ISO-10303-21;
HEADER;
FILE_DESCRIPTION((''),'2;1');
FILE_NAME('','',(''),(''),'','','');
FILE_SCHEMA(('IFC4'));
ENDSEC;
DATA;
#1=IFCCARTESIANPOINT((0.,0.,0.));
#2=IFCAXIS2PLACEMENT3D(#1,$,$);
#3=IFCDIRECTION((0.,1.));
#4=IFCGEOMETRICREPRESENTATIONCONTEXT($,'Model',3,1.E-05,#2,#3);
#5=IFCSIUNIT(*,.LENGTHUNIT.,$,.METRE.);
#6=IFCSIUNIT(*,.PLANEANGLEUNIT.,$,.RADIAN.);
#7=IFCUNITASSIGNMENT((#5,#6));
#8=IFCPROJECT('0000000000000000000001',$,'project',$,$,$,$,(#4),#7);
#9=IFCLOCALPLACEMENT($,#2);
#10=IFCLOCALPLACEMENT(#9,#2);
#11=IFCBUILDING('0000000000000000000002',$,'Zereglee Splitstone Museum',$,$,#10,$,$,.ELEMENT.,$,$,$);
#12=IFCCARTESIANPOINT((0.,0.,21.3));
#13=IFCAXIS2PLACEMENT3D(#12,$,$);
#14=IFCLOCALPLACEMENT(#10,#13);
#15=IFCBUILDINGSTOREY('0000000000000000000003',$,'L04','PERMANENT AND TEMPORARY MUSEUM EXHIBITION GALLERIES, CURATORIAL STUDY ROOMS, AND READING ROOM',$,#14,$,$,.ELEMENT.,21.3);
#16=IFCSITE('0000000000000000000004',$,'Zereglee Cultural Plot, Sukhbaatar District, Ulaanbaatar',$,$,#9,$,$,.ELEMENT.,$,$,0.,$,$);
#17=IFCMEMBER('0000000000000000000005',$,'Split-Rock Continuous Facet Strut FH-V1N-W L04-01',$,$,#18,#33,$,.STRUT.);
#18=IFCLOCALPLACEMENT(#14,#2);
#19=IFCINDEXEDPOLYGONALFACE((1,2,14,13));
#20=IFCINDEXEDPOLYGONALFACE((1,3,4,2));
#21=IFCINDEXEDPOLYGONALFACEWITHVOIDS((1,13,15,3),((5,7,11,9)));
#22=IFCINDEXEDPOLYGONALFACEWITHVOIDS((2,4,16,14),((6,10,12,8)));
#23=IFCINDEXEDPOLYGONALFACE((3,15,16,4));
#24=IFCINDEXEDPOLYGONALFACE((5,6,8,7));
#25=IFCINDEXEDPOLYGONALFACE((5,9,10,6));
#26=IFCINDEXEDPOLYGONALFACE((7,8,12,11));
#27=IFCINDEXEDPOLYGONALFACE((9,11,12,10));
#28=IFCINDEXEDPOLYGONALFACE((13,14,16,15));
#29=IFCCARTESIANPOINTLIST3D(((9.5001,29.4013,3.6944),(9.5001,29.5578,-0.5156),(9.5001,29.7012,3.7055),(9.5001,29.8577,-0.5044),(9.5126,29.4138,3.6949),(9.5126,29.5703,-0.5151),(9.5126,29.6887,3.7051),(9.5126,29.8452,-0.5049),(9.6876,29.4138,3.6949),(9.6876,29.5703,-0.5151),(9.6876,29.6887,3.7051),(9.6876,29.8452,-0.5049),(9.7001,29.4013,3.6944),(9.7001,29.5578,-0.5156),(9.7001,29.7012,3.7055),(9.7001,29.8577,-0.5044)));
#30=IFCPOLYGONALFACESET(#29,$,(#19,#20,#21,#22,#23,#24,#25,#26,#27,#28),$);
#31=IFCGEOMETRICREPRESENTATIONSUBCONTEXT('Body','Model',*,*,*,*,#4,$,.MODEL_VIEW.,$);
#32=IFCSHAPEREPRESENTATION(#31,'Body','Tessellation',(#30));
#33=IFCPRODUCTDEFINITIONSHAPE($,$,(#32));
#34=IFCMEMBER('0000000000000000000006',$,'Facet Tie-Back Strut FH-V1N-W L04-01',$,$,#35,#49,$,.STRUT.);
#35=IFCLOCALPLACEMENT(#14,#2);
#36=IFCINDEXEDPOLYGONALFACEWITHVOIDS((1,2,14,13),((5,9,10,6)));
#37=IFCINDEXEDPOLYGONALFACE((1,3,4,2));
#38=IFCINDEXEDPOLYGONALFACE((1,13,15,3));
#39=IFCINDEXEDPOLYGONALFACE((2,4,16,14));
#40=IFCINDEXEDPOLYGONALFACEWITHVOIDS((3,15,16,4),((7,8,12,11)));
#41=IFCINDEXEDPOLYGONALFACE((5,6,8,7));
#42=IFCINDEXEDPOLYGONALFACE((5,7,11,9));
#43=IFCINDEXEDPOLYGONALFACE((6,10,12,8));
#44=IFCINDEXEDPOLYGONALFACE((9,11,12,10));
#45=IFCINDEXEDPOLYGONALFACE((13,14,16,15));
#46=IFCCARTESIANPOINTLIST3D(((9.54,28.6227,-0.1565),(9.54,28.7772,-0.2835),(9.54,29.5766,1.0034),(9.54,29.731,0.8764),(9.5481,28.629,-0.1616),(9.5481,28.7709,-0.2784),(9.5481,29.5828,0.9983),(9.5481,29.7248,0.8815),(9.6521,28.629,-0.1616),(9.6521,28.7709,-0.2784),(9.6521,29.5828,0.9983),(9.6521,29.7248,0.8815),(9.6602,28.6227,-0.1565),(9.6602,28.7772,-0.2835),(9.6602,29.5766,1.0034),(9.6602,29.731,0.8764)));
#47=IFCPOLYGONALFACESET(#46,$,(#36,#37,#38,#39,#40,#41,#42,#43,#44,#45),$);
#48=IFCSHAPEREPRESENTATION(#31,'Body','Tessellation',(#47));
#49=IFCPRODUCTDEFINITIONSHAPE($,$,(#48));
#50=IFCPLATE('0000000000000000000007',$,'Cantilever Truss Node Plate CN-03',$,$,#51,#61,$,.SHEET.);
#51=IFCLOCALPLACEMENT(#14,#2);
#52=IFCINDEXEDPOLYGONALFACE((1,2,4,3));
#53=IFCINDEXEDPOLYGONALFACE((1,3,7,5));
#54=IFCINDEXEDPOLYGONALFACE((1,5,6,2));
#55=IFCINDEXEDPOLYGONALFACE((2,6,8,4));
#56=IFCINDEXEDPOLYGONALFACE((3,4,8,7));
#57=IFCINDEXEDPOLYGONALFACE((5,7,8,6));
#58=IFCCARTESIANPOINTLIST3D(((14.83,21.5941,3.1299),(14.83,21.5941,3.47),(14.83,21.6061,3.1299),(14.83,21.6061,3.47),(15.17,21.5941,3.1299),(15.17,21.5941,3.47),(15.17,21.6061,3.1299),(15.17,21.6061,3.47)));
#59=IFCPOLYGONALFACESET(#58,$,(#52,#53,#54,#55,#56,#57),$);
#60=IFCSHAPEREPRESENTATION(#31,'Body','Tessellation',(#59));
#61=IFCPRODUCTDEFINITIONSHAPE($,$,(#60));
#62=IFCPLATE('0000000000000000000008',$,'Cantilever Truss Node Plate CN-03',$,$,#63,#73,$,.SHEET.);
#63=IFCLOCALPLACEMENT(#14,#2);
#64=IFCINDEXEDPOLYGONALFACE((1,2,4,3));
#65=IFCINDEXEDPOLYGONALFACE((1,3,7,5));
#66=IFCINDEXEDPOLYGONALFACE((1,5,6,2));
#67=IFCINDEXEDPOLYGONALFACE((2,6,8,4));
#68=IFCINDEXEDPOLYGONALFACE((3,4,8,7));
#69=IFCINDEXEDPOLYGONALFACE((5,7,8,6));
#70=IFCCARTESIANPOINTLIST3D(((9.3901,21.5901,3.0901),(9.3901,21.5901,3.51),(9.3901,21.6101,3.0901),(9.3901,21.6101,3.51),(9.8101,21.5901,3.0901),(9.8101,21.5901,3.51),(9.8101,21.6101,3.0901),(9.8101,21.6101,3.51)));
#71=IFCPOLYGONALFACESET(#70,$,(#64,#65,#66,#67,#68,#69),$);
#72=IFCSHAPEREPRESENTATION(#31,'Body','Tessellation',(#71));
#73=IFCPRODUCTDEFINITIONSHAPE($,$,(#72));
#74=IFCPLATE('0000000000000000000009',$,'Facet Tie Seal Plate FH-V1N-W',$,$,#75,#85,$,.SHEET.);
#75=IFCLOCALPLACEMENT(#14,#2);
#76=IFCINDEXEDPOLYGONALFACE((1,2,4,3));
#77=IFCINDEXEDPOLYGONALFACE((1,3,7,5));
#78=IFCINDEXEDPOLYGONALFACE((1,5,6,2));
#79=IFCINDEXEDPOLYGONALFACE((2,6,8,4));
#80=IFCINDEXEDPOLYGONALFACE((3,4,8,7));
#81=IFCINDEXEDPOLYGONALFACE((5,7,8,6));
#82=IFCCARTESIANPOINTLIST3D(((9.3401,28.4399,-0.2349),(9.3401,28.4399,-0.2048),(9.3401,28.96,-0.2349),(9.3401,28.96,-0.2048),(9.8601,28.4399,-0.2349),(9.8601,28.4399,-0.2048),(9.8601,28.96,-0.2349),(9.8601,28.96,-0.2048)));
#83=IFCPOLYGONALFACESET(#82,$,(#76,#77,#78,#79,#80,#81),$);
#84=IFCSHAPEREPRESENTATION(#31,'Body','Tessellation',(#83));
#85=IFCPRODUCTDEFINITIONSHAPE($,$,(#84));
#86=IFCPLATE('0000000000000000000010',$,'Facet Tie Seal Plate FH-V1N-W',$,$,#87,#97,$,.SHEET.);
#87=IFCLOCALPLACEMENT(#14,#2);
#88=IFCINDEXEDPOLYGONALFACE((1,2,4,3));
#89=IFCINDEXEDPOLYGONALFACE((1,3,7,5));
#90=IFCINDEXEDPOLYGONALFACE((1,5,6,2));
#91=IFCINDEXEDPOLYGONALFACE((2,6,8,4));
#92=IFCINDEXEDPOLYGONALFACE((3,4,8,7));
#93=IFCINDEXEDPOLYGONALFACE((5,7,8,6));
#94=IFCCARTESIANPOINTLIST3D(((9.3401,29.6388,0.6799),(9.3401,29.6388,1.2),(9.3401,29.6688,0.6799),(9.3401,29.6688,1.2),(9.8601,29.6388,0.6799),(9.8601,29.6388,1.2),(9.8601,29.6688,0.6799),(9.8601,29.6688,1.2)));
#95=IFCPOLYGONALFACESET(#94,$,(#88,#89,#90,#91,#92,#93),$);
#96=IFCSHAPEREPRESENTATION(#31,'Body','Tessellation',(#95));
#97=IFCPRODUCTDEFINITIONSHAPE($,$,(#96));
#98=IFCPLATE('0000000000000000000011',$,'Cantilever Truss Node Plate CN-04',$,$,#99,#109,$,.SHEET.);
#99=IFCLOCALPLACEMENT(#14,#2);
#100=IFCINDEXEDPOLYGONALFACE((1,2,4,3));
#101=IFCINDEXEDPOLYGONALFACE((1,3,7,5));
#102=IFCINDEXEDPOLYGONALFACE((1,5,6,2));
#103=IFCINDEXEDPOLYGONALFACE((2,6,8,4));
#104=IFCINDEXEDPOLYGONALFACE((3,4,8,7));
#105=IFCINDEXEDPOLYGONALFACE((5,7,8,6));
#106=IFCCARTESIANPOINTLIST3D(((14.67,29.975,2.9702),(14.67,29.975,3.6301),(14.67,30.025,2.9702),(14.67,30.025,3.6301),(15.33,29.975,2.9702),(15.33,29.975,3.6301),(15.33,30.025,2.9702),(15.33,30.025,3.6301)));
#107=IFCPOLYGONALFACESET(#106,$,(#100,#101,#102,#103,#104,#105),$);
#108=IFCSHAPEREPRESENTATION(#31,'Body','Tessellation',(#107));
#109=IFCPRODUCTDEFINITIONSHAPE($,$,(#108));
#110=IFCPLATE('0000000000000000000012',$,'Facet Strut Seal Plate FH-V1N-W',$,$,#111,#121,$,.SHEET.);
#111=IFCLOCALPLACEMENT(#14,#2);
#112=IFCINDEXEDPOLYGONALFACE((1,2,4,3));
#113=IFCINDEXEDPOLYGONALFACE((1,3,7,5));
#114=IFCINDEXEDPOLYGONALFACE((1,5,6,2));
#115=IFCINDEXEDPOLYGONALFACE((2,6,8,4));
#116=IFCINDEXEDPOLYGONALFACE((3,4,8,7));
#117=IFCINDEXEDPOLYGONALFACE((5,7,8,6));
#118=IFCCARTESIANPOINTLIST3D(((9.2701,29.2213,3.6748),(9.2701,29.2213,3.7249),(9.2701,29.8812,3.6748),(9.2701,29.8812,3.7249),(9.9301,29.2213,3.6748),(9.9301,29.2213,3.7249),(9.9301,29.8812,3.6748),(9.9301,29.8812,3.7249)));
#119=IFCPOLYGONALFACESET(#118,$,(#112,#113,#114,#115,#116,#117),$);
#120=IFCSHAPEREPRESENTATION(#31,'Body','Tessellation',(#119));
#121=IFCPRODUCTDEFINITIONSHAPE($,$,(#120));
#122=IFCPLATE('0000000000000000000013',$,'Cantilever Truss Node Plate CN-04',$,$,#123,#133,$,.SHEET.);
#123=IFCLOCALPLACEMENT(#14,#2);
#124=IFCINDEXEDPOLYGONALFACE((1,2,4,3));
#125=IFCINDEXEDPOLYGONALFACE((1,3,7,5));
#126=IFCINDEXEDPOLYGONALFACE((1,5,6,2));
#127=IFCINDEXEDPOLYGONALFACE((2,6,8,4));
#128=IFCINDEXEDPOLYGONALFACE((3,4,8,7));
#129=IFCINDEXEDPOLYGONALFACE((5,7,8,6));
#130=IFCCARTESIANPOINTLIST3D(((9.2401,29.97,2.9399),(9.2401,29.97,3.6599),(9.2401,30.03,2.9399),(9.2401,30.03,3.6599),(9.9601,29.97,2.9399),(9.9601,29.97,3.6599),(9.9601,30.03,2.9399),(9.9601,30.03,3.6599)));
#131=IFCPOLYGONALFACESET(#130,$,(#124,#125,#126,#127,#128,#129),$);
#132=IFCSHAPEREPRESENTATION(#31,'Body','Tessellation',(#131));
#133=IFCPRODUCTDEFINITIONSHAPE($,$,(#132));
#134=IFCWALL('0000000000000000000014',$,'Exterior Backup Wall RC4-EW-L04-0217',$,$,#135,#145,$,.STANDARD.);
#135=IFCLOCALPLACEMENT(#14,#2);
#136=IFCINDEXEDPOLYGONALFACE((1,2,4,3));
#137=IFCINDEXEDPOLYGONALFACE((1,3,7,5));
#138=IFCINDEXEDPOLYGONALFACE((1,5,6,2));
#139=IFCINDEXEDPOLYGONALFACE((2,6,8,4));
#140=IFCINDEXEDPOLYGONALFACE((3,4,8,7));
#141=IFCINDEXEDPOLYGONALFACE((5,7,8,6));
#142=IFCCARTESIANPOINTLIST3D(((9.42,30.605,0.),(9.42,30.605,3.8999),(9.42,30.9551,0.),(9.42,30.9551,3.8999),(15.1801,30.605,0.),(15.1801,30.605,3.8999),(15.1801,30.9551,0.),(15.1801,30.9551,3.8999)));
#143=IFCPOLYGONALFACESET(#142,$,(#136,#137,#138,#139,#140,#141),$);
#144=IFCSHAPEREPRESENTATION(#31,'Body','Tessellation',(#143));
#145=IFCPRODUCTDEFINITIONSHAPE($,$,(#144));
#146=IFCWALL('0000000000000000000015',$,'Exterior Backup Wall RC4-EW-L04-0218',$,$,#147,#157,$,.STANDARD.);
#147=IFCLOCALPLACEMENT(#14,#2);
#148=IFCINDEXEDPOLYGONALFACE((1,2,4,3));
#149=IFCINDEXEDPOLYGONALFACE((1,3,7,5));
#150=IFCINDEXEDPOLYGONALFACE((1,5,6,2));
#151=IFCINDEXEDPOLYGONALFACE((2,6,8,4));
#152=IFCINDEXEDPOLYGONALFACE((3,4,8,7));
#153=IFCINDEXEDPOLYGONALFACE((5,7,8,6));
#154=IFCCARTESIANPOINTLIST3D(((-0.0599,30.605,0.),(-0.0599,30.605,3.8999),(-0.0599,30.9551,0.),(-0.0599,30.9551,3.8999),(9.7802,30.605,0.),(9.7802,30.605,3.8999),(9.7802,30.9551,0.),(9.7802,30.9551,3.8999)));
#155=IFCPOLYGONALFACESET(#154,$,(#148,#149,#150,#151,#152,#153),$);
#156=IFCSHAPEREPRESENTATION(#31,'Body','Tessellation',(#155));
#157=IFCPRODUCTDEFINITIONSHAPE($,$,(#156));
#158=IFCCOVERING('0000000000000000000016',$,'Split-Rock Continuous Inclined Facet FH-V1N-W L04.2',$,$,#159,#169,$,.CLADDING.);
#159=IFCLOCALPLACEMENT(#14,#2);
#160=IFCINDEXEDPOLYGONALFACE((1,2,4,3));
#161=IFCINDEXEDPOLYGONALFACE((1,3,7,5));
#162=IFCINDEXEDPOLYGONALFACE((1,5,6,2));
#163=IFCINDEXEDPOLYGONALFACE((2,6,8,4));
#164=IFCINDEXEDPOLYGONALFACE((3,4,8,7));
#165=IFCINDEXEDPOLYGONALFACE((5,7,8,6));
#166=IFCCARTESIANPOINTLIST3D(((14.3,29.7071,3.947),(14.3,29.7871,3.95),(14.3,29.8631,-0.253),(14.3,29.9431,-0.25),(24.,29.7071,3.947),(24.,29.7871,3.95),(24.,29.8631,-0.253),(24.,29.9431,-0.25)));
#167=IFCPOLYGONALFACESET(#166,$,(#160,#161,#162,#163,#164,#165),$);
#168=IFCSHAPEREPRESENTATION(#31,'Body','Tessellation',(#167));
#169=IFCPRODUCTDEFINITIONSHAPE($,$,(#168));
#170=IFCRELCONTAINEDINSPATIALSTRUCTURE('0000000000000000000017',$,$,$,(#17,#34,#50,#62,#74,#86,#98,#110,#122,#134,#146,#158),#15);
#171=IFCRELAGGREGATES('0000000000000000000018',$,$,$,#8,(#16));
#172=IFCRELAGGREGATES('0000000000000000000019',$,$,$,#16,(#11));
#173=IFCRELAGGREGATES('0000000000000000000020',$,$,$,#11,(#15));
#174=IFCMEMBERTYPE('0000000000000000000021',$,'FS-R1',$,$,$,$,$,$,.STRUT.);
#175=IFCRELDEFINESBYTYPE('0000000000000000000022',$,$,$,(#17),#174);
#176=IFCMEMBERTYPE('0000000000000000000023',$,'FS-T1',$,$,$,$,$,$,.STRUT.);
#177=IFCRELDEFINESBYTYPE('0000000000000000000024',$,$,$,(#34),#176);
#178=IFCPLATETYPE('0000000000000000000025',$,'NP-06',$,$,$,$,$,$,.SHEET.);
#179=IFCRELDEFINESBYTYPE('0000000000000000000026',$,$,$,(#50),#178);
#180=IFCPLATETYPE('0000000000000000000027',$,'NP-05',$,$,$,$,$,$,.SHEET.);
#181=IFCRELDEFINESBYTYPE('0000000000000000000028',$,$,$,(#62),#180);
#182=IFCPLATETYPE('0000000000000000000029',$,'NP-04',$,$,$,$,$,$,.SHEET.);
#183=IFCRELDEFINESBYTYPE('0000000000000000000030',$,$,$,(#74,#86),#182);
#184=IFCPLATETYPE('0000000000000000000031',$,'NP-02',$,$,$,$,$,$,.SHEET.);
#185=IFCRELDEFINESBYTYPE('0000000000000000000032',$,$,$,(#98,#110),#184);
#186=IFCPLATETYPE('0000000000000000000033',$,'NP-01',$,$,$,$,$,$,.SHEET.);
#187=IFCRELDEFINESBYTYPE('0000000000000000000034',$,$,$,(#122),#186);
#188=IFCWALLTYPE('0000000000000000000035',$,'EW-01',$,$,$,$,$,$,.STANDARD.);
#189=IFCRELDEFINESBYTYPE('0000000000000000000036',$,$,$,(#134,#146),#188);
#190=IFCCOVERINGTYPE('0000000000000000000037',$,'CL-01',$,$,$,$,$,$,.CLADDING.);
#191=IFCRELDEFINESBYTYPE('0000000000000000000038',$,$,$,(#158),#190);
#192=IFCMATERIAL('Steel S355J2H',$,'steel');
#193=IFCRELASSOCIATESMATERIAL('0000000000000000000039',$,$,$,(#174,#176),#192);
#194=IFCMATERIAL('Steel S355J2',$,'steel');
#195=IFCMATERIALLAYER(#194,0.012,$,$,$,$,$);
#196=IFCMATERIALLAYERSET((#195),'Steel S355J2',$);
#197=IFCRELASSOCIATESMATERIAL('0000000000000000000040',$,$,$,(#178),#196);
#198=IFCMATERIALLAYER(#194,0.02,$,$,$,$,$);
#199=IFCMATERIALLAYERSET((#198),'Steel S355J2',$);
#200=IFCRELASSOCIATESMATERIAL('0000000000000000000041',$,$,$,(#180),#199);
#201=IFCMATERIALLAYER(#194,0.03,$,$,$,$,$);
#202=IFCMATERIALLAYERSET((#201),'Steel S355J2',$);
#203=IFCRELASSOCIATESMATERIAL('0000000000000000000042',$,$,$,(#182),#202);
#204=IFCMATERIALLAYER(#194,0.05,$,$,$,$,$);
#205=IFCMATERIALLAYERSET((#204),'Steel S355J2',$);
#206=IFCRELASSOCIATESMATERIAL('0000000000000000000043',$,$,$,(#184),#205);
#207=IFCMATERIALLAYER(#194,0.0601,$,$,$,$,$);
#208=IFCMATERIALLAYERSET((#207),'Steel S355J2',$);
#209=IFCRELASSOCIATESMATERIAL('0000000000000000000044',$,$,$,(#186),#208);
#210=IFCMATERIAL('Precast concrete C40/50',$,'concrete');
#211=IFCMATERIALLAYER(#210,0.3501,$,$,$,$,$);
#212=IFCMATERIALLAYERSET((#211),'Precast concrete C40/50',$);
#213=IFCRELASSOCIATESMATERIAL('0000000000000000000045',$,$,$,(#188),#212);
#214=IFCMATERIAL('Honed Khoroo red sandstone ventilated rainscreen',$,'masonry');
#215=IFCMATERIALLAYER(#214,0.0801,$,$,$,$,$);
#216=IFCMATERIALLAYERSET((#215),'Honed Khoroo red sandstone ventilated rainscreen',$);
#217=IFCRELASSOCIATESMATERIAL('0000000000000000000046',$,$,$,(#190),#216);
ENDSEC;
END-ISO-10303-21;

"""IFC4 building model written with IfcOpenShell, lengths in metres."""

from ifc_helpers import new_model, si_unit, direction, frame, frame_2d, origin, origin_2d, place, context, subcontext, project, spatial, polyline, rectangle, hollow_rectangle, outline, extrude, material, layer, layer_set, material_profile, profile_set, type_object, element, save


model = new_model("IFC4")

# Units and contexts
model_context = context("Model", 3, precision=1e-05, world=origin(), true_north=direction((0.0, 1.0)))
body_context = subcontext(model_context, "Body", "Model", "MODEL_VIEW")
ifc_project = project(units=[si_unit("LENGTHUNIT", "METRE"), si_unit("PLANEANGLEUNIT", "RADIAN")], contexts=[model_context])

# Site, building, storey
site_placement = place(None, origin())
site = spatial("IfcSite", under=ifc_project, at=site_placement, Name="Zereglee Cultural Plot, Sukhbaatar District, Ulaanbaatar", CompositionType="ELEMENT", RefElevation=0.0)
building_placement = place(site_placement, origin())
building = spatial("IfcBuilding", under=site, at=building_placement, Name="Zereglee Splitstone Museum", CompositionType="ELEMENT")
storey_placement = place(building_placement, frame((0.0, 0.0, 21.3)))
storey = spatial("IfcBuildingStorey", under=building, at=storey_placement, Name="L04", Description="PERMANENT AND TEMPORARY MUSEUM EXHIBITION GALLERIES, CURATORIAL STUDY ROOMS, AND READING ROOM", CompositionType="ELEMENT", Elevation=21.3)

# Shared definitions
ifc_material_1 = material(Name="Steel S355J2H", Category="steel")

# Shared definitions
ifc_material_2 = material(Name="Steel S355J2", Category="steel")

# Members
ifc_material_profile_1 = material_profile(ifc_material_1, hollow_rectangle(XDim=0.2, YDim=0.3, WallThickness=0.0125, at=origin_2d()), Name="RHS 300x200x12.5")
ifc_profile_set_1 = profile_set([ifc_material_profile_1], Name="Steel S355J2H")
member_type_1 = type_object("IfcMemberType", Name="FS-R1", PredefinedType="STRUT", material=ifc_profile_set_1)
member_1_placement = place(storey_placement, frame((9.6001, 29.7078, -0.51), z_axis=(0.0, -0.037147, 0.99931), x_axis=(1.0, 0.0, 0.0)))
element("IfcMember", 1, at=member_1_placement, inside=storey, type_object=member_type_1, Name="Split-Rock Continuous Facet Strut FH-V1N-W L04-01", PredefinedType="STRUT", context=body_context, shape_type="SweptSolid", body=[
    extrude(hollow_rectangle(XDim=0.2, YDim=0.3, WallThickness=0.0125, at=origin_2d()), origin(), (0.0, 0.0, 1.0), 4.2129),
])
ifc_material_profile_2 = material_profile(ifc_material_1, hollow_rectangle(XDim=0.1201, YDim=0.2, WallThickness=0.0081, at=origin_2d()), Name="RHS 200x120x8")
ifc_profile_set_2 = profile_set([ifc_material_profile_2], Name="Steel S355J2H")
member_type_2 = type_object("IfcMemberType", Name="FS-T1", PredefinedType="STRUT", material=ifc_profile_set_2)
member_2_placement = place(storey_placement, frame((9.6001, 28.7, -0.22), z_axis=(0.0, 0.635166, 0.772376), x_axis=(-1.0, 0.0, 0.0)))
element("IfcMember", 2, at=member_2_placement, inside=storey, type_object=member_type_2, Name="Facet Tie-Back Strut FH-V1N-W L04-01", PredefinedType="STRUT", context=body_context, shape_type="SweptSolid", body=[
    extrude(hollow_rectangle(XDim=0.1201, YDim=0.2, WallThickness=0.0081, at=origin_2d()), origin(), (0.0, 0.0, 1.0), 1.5017),
])

# Plates
ifc_layer_1 = layer(ifc_material_2, 0.012)
ifc_layer_set_1 = layer_set([ifc_layer_1], Name="Steel S355J2")
plate_type_1 = type_object("IfcPlateType", Name="NP-06", PredefinedType="SHEET", material=ifc_layer_set_1)
plate_1_placement = place(storey_placement, frame((15.0, 21.6001, 3.1299), z_axis=(0.0, 0.0, 1.0), x_axis=(1.0, 0.0, 0.0)))
element("IfcPlate", 3, at=plate_1_placement, inside=storey, type_object=plate_type_1, Name="Cantilever Truss Node Plate CN-03", PredefinedType="SHEET", context=body_context, shape_type="SweptSolid", body=[
    extrude(rectangle(XDim=0.3401, YDim=0.012, at=origin_2d()), origin(), (0.0, 0.0, 1.0), 0.3401),
])
ifc_layer_2 = layer(ifc_material_2, 0.02)
ifc_layer_set_2 = layer_set([ifc_layer_2], Name="Steel S355J2")
plate_type_2 = type_object("IfcPlateType", Name="NP-05", PredefinedType="SHEET", material=ifc_layer_set_2)
plate_2_placement = place(storey_placement, frame((9.6001, 21.6001, 3.0901), z_axis=(0.0, 0.0, 1.0), x_axis=(1.0, 0.0, 0.0)))
element("IfcPlate", 4, at=plate_2_placement, inside=storey, type_object=plate_type_2, Name="Cantilever Truss Node Plate CN-03", PredefinedType="SHEET", context=body_context, shape_type="SweptSolid", body=[
    extrude(rectangle(XDim=0.4199, YDim=0.02, at=origin_2d()), origin(), (0.0, 0.0, 1.0), 0.4199),
])
ifc_layer_3 = layer(ifc_material_2, 0.03)
ifc_layer_set_3 = layer_set([ifc_layer_3], Name="Steel S355J2")
plate_type_3 = type_object("IfcPlateType", Name="NP-04", PredefinedType="SHEET", material=ifc_layer_set_3)
plate_3_placement = place(storey_placement, frame((9.6001, 28.7, -0.2349), z_axis=(0.0, 0.0, 1.0), x_axis=(1.0, 0.0, 0.0)))
element("IfcPlate", 5, at=plate_3_placement, inside=storey, type_object=plate_type_3, Name="Facet Tie Seal Plate FH-V1N-W", PredefinedType="SHEET", context=body_context, shape_type="SweptSolid", body=[
    extrude(rectangle(XDim=0.52, YDim=0.52, at=origin_2d()), origin(), (0.0, 0.0, 1.0), 0.03),
])
plate_4_placement = place(storey_placement, frame((9.6001, 29.6538, 0.6799), z_axis=(0.0, 0.0, 1.0), x_axis=(1.0, 0.0, 0.0)))
element("IfcPlate", 6, at=plate_4_placement, inside=storey, type_object=plate_type_3, Name="Facet Tie Seal Plate FH-V1N-W", PredefinedType="SHEET", context=body_context, shape_type="SweptSolid", body=[
    extrude(rectangle(XDim=0.52, YDim=0.03, at=origin_2d()), origin(), (0.0, 0.0, 1.0), 0.52),
])
ifc_layer_4 = layer(ifc_material_2, 0.05)
ifc_layer_set_4 = layer_set([ifc_layer_4], Name="Steel S355J2")
plate_type_4 = type_object("IfcPlateType", Name="NP-02", PredefinedType="SHEET", material=ifc_layer_set_4)
plate_5_placement = place(storey_placement, frame((15.0, 30.0, 2.9702), z_axis=(0.0, 0.0, 1.0), x_axis=(1.0, 0.0, 0.0)))
element("IfcPlate", 7, at=plate_5_placement, inside=storey, type_object=plate_type_4, Name="Cantilever Truss Node Plate CN-04", PredefinedType="SHEET", context=body_context, shape_type="SweptSolid", body=[
    extrude(rectangle(XDim=0.6599, YDim=0.05, at=origin_2d()), origin(), (0.0, 0.0, 1.0), 0.6599),
])
plate_6_placement = place(storey_placement, frame((9.6001, 29.5513, 3.6748), z_axis=(0.0, 0.0, 1.0), x_axis=(1.0, 0.0, 0.0)))
element("IfcPlate", 8, at=plate_6_placement, inside=storey, type_object=plate_type_4, Name="Facet Strut Seal Plate FH-V1N-W", PredefinedType="SHEET", context=body_context, shape_type="SweptSolid", body=[
    extrude(rectangle(XDim=0.6599, YDim=0.6599, at=origin_2d()), origin(), (0.0, 0.0, 1.0), 0.05),
])
ifc_layer_5 = layer(ifc_material_2, 0.0601)
ifc_layer_set_5 = layer_set([ifc_layer_5], Name="Steel S355J2")
plate_type_5 = type_object("IfcPlateType", Name="NP-01", PredefinedType="SHEET", material=ifc_layer_set_5)
plate_7_placement = place(storey_placement, frame((9.6001, 30.0, 2.9399), z_axis=(0.0, 0.0, 1.0), x_axis=(1.0, 0.0, 0.0)))
element("IfcPlate", 9, at=plate_7_placement, inside=storey, type_object=plate_type_5, Name="Cantilever Truss Node Plate CN-04", PredefinedType="SHEET", context=body_context, shape_type="SweptSolid", body=[
    extrude(rectangle(XDim=0.72, YDim=0.0601, at=origin_2d()), origin(), (0.0, 0.0, 1.0), 0.72),
])

# Walls
ifc_material_3 = material(Name="Precast concrete C40/50", Category="concrete")
ifc_layer_6 = layer(ifc_material_3, 0.3501)
ifc_layer_set_6 = layer_set([ifc_layer_6], Name="Precast concrete C40/50")
wall_type = type_object("IfcWallType", Name="EW-01", PredefinedType="STANDARD", material=ifc_layer_set_6)
wall_1_placement = place(storey_placement, frame((15.1799, 30.78, 0.0), z_axis=(0.0, 0.0, 1.0), x_axis=(-1.0, 0.0, 0.0)))
element("IfcWall", 10, at=wall_1_placement, inside=storey, type_object=wall_type, Name="Exterior Backup Wall RC4-EW-L04-0217", PredefinedType="STANDARD", context=body_context, shape_type="SweptSolid", body=[
    extrude(rectangle(XDim=5.76, YDim=0.3501, at=frame_2d((2.8799, 0.0))), origin(), (0.0, 0.0, 1.0), 3.8999),
])
wall_2_placement = place(storey_placement, frame((9.78, 30.78, 0.0), z_axis=(0.0, 0.0, 1.0), x_axis=(-1.0, 0.0, 0.0)))
element("IfcWall", 11, at=wall_2_placement, inside=storey, type_object=wall_type, Name="Exterior Backup Wall RC4-EW-L04-0218", PredefinedType="STANDARD", context=body_context, shape_type="SweptSolid", body=[
    extrude(rectangle(XDim=9.8401, YDim=0.3501, at=frame_2d((4.9199, 0.0))), origin(), (0.0, 0.0, 1.0), 3.8999),
])

# Covering
ifc_material_4 = material(Name="Honed Khoroo red sandstone ventilated rainscreen", Category="masonry")
ifc_layer_7 = layer(ifc_material_4, 0.0801)
ifc_layer_set_7 = layer_set([ifc_layer_7], Name="Honed Khoroo red sandstone ventilated rainscreen")
covering_type = type_object("IfcCoveringType", Name="CL-01", PredefinedType="CLADDING", material=ifc_layer_set_7)
covering_placement = place(storey_placement, frame((14.3, 29.7871, 3.95), z_axis=(0.0, 0.999311, 0.037119), x_axis=(1.0, 0.0, 0.0)))
element("IfcCovering", 12, at=covering_placement, inside=storey, type_object=covering_type, Name="Split-Rock Continuous Inclined Facet FH-V1N-W L04.2", PredefinedType="CLADDING", context=body_context, shape_type="SweptSolid", body=[
    extrude(outline(polyline([(0.0, 0.0), (9.7, 0.0), (9.7, 4.2028), (0.0, 4.2028), (0.0, 0.0)])), origin(), (0.0, 0.0, -1.0), 0.0801),
])

save(model, "model.ifc")
